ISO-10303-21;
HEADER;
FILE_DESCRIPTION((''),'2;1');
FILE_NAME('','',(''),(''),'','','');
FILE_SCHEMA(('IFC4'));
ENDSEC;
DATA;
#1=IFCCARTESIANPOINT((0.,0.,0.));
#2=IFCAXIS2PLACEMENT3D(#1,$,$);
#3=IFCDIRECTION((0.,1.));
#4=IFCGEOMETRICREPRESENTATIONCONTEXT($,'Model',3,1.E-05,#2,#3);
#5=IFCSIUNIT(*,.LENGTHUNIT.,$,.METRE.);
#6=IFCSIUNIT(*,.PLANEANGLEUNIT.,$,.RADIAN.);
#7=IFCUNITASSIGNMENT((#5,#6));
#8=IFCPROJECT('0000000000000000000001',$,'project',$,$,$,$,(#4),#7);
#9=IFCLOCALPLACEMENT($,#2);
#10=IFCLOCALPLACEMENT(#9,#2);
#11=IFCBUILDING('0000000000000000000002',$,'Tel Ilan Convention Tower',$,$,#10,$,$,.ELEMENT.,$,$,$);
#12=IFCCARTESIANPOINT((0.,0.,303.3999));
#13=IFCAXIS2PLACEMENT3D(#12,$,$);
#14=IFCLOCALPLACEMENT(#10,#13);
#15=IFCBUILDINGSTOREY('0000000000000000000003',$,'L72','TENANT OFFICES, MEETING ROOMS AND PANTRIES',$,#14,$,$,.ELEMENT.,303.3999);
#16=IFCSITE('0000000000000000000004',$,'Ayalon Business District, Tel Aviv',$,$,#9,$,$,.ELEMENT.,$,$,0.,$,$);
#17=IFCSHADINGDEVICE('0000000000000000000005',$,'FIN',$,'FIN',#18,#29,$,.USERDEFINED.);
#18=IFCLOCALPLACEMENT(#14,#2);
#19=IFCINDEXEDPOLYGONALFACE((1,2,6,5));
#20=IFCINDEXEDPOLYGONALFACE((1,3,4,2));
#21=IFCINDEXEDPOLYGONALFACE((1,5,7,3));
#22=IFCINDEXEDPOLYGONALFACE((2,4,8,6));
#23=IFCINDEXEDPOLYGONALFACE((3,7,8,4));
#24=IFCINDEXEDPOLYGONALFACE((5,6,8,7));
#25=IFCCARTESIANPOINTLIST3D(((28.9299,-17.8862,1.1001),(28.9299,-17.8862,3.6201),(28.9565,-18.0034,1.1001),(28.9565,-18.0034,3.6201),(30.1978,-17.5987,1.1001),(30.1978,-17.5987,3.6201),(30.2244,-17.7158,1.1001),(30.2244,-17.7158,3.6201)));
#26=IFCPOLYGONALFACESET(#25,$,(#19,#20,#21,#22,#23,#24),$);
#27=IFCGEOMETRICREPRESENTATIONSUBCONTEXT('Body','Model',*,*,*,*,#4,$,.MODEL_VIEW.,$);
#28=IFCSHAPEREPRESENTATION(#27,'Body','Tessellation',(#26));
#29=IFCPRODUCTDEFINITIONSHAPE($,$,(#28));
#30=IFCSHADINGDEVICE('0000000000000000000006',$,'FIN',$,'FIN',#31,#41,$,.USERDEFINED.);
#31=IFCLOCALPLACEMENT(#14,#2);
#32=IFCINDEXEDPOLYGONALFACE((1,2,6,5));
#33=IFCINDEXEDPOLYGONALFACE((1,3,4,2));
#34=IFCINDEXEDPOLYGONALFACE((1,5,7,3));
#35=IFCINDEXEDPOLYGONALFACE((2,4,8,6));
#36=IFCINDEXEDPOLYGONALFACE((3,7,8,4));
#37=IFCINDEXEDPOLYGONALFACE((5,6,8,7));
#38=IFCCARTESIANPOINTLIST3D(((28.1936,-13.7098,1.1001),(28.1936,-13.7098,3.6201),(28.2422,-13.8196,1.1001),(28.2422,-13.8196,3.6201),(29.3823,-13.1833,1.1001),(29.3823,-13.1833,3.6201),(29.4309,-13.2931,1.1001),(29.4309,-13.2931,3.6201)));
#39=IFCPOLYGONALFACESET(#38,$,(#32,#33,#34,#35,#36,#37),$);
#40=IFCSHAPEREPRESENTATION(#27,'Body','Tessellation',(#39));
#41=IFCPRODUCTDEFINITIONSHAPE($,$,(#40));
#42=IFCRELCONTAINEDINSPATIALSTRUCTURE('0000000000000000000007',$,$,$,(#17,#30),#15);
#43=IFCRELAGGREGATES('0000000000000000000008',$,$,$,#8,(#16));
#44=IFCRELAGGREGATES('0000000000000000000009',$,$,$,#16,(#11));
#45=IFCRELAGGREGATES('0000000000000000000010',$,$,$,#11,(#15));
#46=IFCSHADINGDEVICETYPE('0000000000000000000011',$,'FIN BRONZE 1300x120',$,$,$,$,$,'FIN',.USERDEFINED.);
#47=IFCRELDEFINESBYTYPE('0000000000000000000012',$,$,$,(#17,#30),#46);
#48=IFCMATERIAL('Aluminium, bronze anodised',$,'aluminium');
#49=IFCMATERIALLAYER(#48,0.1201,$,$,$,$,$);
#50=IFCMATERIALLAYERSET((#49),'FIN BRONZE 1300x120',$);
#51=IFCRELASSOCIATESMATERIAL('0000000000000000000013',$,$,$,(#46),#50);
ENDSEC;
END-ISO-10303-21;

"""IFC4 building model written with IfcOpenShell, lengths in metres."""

from ifc_helpers import new_model, si_unit, direction, frame, origin, origin_2d, place, context, subcontext, project, spatial, rectangle, extrude, material, layer, layer_set, type_object, element, save


model = new_model("IFC4")

# Units and contexts
model_context = context("Model", 3, precision=1e-05, world=origin(), true_north=direction((0.0, 1.0)))
body_context = subcontext(model_context, "Body", "Model", "MODEL_VIEW")
ifc_project = project(units=[si_unit("LENGTHUNIT", "METRE"), si_unit("PLANEANGLEUNIT", "RADIAN")], contexts=[model_context])

# Site, building, storey
site_placement = place(None, origin())
site = spatial("IfcSite", under=ifc_project, at=site_placement, Name="Ayalon Business District, Tel Aviv", CompositionType="ELEMENT", RefElevation=0.0)
building_placement = place(site_placement, origin())
building = spatial("IfcBuilding", under=site, at=building_placement, Name="Tel Ilan Convention Tower", CompositionType="ELEMENT")
storey_placement = place(building_placement, frame((0.0, 0.0, 303.3999)))
storey = spatial("IfcBuildingStorey", under=building, at=storey_placement, Name="L72", Description="TENANT OFFICES, MEETING ROOMS AND PANTRIES", CompositionType="ELEMENT", Elevation=303.3999)

# Shading devices
ifc_material_1 = material(Name="Aluminium, bronze anodised", Category="aluminium")
ifc_layer_1 = layer(ifc_material_1, 0.1201)
ifc_layer_set_1 = layer_set([ifc_layer_1], Name="FIN BRONZE 1300x120")
shading_device_type = type_object("IfcShadingDeviceType", Name="FIN BRONZE 1300x120", ElementType="FIN", PredefinedType="USERDEFINED", material=ifc_layer_set_1)
for number, where, z_axis, x_axis, name in (
    (1, (29.5771, -17.801, 1.1001), (0.0, 0.0, 1.0), (0.975235, 0.22117, 0.0), "FIN"),
    (2, (28.8123, -13.5015, 1.1001), (0.0, 0.0, 1.0), (0.914333, 0.404964, 0.0), "FIN"),
):
    element("IfcShadingDevice", number, at=place(storey_placement, frame(where, z_axis=z_axis, x_axis=x_axis)), inside=storey, type_object=shading_device_type, Name=name, ObjectType="FIN", PredefinedType="USERDEFINED", context=body_context, shape_type="SweptSolid", body=[
        extrude(rectangle(XDim=1.3, YDim=0.1201, at=origin_2d()), origin(), (0.0, 0.0, 1.0), 2.52),
    ])

save(model, "model.ifc")
